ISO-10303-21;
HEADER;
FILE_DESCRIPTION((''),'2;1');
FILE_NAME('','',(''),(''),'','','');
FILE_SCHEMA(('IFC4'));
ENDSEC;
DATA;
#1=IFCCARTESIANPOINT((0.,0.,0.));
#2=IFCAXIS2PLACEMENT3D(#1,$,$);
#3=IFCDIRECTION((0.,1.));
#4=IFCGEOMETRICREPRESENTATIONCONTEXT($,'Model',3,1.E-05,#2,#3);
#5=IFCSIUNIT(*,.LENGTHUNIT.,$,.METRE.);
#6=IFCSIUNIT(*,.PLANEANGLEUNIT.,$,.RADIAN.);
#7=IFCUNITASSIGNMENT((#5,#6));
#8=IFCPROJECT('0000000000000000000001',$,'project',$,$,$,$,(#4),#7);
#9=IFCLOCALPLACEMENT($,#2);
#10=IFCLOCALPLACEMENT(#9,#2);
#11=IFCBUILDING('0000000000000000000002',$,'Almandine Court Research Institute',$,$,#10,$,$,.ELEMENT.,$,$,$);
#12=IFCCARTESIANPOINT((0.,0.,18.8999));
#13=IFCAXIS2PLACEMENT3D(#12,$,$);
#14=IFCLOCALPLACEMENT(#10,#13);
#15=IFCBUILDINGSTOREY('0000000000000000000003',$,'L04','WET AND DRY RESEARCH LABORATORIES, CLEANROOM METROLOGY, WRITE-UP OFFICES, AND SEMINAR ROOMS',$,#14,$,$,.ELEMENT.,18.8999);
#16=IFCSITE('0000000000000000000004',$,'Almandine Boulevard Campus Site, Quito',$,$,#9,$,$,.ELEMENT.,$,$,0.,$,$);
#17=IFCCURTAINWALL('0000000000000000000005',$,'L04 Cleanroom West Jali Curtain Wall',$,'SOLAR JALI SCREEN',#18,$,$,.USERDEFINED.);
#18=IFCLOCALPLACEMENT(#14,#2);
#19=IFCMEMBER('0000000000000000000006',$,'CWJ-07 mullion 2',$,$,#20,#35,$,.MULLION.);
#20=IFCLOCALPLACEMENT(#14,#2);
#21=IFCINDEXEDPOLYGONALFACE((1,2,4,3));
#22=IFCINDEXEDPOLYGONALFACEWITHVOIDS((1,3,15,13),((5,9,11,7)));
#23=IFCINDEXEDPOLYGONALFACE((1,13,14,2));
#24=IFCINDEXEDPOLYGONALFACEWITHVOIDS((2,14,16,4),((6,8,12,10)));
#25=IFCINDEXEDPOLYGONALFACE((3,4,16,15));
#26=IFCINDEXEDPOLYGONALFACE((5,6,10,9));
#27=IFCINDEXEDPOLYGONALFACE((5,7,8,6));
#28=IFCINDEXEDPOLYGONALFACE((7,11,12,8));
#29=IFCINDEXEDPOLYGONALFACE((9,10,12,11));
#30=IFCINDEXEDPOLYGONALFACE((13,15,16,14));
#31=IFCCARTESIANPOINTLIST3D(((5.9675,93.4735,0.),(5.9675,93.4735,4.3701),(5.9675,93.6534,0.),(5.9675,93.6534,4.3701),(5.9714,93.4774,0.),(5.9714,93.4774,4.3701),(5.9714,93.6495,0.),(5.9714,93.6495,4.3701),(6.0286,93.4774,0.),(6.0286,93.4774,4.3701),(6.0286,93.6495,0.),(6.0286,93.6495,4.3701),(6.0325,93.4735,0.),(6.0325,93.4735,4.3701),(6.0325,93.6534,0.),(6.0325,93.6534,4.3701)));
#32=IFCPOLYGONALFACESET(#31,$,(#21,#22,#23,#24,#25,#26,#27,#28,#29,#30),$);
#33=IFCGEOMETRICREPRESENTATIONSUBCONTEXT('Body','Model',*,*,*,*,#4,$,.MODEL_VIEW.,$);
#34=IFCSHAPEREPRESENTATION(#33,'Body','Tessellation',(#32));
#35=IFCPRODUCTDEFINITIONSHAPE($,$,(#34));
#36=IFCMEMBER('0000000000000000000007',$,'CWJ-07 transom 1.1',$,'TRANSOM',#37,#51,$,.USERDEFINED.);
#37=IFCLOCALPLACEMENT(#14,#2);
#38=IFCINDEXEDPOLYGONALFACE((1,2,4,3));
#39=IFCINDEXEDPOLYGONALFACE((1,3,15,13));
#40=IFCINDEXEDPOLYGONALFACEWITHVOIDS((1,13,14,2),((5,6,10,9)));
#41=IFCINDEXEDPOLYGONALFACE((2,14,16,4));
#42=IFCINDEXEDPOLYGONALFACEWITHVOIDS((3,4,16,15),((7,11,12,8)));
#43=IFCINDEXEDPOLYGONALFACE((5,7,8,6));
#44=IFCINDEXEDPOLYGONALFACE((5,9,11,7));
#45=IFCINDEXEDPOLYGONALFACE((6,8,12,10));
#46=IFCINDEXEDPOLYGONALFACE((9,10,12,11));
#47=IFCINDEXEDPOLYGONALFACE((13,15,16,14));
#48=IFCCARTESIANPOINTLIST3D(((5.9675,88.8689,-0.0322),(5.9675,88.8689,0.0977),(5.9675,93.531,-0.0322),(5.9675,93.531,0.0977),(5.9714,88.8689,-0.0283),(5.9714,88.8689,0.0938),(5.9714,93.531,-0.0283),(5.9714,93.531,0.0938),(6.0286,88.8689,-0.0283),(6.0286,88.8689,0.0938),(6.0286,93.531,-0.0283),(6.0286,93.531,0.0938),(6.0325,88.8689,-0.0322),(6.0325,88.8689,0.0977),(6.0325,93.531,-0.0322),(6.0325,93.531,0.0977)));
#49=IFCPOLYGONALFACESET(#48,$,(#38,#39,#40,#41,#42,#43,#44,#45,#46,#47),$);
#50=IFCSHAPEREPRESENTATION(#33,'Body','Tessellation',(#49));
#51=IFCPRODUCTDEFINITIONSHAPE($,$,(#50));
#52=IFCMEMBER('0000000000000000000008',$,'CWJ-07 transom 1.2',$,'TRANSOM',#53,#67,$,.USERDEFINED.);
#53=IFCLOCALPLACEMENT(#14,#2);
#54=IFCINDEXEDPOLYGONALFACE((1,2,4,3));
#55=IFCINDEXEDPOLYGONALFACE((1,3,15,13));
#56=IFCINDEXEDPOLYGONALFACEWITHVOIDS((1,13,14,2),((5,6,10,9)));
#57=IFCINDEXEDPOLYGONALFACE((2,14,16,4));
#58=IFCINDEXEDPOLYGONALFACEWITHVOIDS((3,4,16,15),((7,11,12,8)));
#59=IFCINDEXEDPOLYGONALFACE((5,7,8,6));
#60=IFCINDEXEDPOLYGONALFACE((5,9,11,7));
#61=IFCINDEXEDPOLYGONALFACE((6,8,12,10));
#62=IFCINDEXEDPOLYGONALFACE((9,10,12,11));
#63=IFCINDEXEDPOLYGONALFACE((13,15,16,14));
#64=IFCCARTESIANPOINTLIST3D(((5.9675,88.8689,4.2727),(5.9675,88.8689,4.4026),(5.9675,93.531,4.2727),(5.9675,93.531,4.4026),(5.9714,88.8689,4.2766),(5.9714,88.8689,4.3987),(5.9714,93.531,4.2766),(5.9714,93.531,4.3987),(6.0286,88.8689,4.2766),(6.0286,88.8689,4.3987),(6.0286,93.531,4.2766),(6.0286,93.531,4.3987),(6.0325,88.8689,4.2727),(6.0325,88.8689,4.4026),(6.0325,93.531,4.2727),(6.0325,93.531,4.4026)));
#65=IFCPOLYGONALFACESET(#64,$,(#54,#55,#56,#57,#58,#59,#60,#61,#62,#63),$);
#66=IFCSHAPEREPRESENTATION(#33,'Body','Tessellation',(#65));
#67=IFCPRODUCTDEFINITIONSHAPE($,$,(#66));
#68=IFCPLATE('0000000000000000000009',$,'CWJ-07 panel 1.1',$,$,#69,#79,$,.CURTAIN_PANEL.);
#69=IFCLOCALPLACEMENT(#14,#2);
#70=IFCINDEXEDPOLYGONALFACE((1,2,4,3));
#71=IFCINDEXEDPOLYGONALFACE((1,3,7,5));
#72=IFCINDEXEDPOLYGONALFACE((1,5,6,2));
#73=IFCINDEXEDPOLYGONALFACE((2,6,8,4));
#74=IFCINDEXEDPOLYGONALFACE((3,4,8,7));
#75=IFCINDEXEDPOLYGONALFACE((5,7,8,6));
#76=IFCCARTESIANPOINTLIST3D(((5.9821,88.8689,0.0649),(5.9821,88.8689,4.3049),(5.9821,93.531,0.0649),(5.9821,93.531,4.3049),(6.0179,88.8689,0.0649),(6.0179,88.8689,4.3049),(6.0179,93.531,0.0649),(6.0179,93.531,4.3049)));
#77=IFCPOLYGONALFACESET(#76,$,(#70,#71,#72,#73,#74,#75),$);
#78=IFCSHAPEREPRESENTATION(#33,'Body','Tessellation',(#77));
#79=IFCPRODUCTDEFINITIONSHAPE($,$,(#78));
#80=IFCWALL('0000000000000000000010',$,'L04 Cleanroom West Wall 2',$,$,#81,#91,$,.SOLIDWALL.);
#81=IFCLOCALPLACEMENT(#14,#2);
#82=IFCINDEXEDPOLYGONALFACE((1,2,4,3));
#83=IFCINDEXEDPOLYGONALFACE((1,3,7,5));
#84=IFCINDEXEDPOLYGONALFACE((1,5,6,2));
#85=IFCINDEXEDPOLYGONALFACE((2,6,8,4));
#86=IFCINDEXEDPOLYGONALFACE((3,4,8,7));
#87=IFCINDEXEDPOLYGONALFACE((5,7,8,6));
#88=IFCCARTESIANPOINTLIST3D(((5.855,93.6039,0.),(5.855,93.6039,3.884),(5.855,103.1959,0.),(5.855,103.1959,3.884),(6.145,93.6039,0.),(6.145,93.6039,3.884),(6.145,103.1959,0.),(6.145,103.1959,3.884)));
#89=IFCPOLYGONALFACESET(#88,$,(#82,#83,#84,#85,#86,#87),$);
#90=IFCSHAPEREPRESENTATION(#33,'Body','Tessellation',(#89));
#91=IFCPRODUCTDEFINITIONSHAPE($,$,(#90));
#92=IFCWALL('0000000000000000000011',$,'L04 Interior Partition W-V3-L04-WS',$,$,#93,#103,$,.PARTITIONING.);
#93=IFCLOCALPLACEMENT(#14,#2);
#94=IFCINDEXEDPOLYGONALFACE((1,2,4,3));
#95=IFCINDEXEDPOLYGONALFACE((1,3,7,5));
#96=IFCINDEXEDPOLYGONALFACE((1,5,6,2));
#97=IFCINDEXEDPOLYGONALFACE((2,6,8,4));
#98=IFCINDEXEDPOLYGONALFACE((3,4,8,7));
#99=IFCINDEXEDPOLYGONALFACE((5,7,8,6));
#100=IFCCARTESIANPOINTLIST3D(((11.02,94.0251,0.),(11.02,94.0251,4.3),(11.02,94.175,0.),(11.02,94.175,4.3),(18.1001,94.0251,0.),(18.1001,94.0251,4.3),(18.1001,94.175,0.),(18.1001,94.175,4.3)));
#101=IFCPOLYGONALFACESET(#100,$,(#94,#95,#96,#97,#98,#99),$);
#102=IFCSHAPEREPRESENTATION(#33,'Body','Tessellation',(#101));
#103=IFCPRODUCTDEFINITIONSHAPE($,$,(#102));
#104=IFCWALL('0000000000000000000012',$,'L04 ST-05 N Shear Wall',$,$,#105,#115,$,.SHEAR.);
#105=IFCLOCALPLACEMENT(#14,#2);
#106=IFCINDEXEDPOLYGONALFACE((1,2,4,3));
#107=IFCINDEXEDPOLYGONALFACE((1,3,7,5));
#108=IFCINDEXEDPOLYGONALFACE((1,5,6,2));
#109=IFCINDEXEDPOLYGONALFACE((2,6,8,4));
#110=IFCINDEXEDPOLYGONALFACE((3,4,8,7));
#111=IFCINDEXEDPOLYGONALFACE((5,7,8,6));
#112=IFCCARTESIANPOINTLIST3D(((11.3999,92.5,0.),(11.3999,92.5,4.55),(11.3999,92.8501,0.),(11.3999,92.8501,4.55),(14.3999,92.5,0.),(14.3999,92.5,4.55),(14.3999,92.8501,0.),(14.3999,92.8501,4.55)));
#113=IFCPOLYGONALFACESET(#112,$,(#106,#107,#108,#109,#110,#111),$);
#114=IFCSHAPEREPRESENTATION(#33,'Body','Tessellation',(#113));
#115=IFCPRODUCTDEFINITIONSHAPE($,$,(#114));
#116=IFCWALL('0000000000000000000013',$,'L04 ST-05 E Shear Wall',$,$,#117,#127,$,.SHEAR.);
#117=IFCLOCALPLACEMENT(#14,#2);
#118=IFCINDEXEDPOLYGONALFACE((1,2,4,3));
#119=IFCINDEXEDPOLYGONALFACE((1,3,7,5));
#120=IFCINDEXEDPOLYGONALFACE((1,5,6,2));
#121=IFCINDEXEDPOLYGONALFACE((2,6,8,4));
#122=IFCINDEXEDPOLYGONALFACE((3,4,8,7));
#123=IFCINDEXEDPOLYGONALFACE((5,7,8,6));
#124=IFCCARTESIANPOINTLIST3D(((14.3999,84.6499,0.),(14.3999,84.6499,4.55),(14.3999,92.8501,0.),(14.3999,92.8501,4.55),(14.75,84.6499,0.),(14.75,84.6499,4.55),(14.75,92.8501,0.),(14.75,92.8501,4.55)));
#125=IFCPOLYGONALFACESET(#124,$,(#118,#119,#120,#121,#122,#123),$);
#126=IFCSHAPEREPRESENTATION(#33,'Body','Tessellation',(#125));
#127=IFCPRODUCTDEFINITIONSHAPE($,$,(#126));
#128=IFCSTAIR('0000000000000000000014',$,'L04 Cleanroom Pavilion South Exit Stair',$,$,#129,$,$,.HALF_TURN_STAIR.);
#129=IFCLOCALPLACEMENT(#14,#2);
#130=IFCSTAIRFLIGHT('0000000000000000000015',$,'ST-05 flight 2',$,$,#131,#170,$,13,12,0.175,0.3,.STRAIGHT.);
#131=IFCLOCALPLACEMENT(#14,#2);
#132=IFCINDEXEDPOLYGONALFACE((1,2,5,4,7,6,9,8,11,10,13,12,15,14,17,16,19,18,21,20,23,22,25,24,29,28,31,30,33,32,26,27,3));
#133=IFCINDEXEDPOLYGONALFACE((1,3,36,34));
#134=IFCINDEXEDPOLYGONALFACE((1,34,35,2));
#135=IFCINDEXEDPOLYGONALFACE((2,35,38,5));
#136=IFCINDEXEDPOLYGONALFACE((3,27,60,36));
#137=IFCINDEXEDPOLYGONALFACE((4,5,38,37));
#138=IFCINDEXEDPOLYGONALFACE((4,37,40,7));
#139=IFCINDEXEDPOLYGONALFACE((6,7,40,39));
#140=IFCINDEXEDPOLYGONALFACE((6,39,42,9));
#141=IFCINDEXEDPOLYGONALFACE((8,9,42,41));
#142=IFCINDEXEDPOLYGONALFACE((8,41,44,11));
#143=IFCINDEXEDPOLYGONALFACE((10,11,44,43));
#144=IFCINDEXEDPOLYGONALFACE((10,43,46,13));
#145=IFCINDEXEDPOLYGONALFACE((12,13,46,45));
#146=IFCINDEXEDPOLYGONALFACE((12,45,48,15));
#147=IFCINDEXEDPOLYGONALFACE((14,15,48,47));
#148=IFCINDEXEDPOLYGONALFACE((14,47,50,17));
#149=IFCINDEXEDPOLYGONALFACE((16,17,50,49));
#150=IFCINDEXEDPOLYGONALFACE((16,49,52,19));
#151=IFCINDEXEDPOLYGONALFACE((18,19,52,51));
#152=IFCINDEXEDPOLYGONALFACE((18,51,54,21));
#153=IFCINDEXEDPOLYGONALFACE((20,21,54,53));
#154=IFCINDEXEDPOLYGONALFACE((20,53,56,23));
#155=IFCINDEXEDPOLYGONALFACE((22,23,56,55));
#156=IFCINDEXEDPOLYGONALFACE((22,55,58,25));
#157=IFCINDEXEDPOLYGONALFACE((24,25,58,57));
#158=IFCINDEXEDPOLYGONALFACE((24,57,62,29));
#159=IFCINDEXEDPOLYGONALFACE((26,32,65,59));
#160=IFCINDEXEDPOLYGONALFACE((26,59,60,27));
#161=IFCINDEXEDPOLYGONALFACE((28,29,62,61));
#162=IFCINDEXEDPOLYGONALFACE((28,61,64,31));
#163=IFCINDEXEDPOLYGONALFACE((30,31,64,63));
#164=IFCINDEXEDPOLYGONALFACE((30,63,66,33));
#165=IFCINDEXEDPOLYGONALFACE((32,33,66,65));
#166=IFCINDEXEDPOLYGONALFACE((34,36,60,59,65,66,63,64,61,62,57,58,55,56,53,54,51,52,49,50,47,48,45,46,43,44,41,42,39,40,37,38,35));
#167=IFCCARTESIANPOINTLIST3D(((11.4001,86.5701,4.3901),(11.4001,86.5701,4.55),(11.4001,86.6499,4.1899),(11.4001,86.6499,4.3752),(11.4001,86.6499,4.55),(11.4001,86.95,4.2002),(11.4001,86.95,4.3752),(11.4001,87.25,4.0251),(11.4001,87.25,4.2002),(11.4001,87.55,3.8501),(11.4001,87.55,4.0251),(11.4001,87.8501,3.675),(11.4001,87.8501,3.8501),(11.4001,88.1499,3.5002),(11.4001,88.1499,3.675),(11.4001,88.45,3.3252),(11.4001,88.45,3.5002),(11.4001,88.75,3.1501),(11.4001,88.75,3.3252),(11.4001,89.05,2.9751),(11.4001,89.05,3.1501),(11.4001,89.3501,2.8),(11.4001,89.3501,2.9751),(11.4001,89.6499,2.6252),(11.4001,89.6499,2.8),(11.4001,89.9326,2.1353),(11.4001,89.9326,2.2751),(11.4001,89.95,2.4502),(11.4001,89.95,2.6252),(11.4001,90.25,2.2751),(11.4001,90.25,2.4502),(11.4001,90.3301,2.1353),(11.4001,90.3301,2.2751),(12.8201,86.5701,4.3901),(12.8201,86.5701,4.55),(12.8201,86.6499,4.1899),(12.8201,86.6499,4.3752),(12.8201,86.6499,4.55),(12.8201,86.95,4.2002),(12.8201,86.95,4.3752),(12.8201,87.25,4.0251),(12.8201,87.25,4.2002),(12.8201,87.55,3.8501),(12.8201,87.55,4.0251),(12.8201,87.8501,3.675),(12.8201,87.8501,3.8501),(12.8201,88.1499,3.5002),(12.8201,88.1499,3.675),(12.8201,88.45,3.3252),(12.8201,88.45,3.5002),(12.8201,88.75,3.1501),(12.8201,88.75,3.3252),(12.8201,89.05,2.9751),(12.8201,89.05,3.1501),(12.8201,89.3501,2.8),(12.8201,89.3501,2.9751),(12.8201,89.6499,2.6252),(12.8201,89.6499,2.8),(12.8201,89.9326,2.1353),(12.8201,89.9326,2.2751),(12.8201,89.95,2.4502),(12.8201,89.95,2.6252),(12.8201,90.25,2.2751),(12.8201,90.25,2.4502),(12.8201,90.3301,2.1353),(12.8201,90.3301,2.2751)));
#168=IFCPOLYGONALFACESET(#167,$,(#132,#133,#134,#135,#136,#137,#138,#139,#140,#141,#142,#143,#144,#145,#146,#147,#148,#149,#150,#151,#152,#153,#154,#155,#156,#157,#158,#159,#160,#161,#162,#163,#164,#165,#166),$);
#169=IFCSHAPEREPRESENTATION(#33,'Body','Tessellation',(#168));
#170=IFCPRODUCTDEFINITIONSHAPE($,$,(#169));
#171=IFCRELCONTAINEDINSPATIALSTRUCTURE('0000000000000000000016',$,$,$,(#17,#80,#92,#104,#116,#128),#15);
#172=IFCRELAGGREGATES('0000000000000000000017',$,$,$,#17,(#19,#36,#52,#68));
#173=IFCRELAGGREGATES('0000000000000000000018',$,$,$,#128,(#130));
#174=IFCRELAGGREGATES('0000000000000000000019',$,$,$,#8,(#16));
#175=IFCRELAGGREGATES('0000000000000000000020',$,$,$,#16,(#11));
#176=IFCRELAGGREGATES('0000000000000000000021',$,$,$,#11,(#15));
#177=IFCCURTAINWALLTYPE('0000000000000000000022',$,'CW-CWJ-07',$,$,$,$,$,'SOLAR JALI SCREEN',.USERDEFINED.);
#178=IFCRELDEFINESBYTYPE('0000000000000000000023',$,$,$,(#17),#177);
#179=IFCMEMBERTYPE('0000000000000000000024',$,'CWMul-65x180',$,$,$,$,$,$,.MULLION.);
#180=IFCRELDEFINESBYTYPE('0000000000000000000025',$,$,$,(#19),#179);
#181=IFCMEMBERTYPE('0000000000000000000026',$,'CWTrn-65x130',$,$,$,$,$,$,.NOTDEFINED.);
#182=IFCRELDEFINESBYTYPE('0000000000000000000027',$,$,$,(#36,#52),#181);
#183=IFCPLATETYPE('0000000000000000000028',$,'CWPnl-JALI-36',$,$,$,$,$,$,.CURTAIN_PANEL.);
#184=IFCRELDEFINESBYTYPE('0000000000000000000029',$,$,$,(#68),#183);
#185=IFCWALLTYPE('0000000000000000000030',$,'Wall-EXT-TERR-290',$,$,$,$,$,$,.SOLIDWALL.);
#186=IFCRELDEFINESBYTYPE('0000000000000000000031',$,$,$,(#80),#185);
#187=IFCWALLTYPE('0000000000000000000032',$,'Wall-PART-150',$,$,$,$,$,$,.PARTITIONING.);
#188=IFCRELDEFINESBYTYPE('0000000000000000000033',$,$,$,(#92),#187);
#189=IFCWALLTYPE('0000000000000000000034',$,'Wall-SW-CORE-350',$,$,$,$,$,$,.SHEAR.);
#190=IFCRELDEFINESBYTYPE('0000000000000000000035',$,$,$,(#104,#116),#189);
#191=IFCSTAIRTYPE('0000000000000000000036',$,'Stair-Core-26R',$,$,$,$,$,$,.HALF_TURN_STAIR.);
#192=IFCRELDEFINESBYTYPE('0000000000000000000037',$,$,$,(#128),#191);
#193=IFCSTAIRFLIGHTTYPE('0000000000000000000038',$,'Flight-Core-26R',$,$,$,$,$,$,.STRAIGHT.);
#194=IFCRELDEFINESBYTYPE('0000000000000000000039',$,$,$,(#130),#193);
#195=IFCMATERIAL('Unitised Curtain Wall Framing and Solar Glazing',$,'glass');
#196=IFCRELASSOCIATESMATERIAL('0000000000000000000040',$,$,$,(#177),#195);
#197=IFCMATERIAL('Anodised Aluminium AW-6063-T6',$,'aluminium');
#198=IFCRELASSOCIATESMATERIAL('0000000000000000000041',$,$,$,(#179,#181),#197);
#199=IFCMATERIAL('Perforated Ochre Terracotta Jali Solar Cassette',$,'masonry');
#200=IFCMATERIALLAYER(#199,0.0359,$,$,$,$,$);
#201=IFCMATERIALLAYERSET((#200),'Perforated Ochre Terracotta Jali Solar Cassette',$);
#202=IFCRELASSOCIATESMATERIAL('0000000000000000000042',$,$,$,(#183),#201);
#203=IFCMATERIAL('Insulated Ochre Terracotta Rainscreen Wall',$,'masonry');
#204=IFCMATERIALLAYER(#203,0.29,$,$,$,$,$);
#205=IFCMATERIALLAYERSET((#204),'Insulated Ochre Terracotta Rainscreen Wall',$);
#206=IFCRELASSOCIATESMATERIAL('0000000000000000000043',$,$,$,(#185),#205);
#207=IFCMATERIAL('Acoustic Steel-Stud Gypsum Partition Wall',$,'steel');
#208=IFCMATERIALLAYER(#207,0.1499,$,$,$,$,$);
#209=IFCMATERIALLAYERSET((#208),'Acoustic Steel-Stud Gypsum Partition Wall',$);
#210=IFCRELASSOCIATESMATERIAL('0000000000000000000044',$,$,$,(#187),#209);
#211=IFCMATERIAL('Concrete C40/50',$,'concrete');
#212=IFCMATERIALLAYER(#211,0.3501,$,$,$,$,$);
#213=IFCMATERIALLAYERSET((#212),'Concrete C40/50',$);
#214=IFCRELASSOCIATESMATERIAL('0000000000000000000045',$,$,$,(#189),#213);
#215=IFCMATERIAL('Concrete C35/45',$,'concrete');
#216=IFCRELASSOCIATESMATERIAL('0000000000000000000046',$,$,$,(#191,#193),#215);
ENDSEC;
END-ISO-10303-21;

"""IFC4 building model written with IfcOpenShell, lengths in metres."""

from ifc_helpers import new_model, si_unit, direction, frame, frame_2d, origin, origin_2d, place, context, subcontext, project, spatial, polyline, rectangle, hollow_rectangle, outline, extrude, material, layer, layer_set, material_profile, profile_set, type_object, element, aggregate, save


model = new_model("IFC4")

# Units and contexts
model_context = context("Model", 3, precision=1e-05, world=origin(), true_north=direction((0.0, 1.0)))
body_context = subcontext(model_context, "Body", "Model", "MODEL_VIEW")
ifc_project = project(units=[si_unit("LENGTHUNIT", "METRE"), si_unit("PLANEANGLEUNIT", "RADIAN")], contexts=[model_context])

# Site, building, storey
site_placement = place(None, origin())
site = spatial("IfcSite", under=ifc_project, at=site_placement, Name="Almandine Boulevard Campus Site, Quito", CompositionType="ELEMENT", RefElevation=0.0)
building_placement = place(site_placement, origin())
building = spatial("IfcBuilding", under=site, at=building_placement, Name="Almandine Court Research Institute", CompositionType="ELEMENT")
storey_placement = place(building_placement, frame((0.0, 0.0, 18.8999)))
storey = spatial("IfcBuildingStorey", under=building, at=storey_placement, Name="L04", Description="WET AND DRY RESEARCH LABORATORIES, CLEANROOM METROLOGY, WRITE-UP OFFICES, AND SEMINAR ROOMS", CompositionType="ELEMENT", Elevation=18.8999)

# Curtain wall, members, plate
ifc_material_1 = material(Name="Unitised Curtain Wall Framing and Solar Glazing", Category="glass")
curtain_wall_type = type_object("IfcCurtainWallType", Name="CW-CWJ-07", ElementType="SOLAR JALI SCREEN", PredefinedType="USERDEFINED", material=ifc_material_1)
curtain_wall_placement = place(storey_placement, origin())
curtain_wall = element("IfcCurtainWall", 1, at=curtain_wall_placement, inside=storey, type_object=curtain_wall_type, Name="L04 Cleanroom West Jali Curtain Wall", ObjectType="SOLAR JALI SCREEN", PredefinedType="USERDEFINED")
ifc_material_2 = material(Name="Anodised Aluminium AW-6063-T6", Category="aluminium")
ifc_material_profile_1 = material_profile(ifc_material_2, hollow_rectangle(XDim=0.0649, YDim=0.1799, WallThickness=0.0039, at=origin_2d()), Name="ALU RHS 65x180x4")
ifc_profile_set_1 = profile_set([ifc_material_profile_1], Name="Anodised Aluminium AW-6063-T6")
member_type_1 = type_object("IfcMemberType", Name="CWMul-65x180", PredefinedType="MULLION", material=ifc_profile_set_1)
member_1_placement = place(storey_placement, frame((6.0, 93.5635, 0.0), z_axis=(0.0, 0.0, 1.0), x_axis=(-1.0, 0.0, 0.0)))
member_1 = element("IfcMember", 2, at=member_1_placement, type_object=member_type_1, Name="CWJ-07 mullion 2", PredefinedType="MULLION", context=body_context, shape_type="SweptSolid", body=[
    extrude(hollow_rectangle(XDim=0.0649, YDim=0.1799, WallThickness=0.0039, at=origin_2d()), origin(), (0.0, 0.0, 1.0), 4.3701),
])
ifc_material_profile_2 = material_profile(ifc_material_2, hollow_rectangle(XDim=0.0649, YDim=0.1299, WallThickness=0.0039, at=origin_2d()), Name="ALU RHS 65x130x4")
ifc_profile_set_2 = profile_set([ifc_material_profile_2], Name="Anodised Aluminium AW-6063-T6")
member_type_2 = type_object("IfcMemberType", Name="CWTrn-65x130", PredefinedType="NOTDEFINED", material=ifc_profile_set_2)
member_2_placement = place(storey_placement, frame((6.0, 88.8689, 0.0327), z_axis=(0.0, 1.0, 0.0), x_axis=(-1.0, 0.0, 0.0)))
member_2 = element("IfcMember", 3, at=member_2_placement, type_object=member_type_2, Name="CWJ-07 transom 1.1", ObjectType="TRANSOM", PredefinedType="USERDEFINED", context=body_context, shape_type="SweptSolid", body=[
    extrude(hollow_rectangle(XDim=0.0649, YDim=0.1299, WallThickness=0.0039, at=origin_2d()), origin(), (0.0, 0.0, 1.0), 4.6621),
])
member_3_placement = place(storey_placement, frame((6.0, 88.8689, 4.3376), z_axis=(0.0, 1.0, 0.0), x_axis=(-1.0, 0.0, 0.0)))
member_3 = element("IfcMember", 4, at=member_3_placement, type_object=member_type_2, Name="CWJ-07 transom 1.2", ObjectType="TRANSOM", PredefinedType="USERDEFINED", context=body_context, shape_type="SweptSolid", body=[
    extrude(hollow_rectangle(XDim=0.0649, YDim=0.1299, WallThickness=0.0039, at=origin_2d()), origin(), (0.0, 0.0, 1.0), 4.6621),
])
ifc_material_3 = material(Name="Perforated Ochre Terracotta Jali Solar Cassette", Category="masonry")
ifc_layer_1 = layer(ifc_material_3, 0.0359)
ifc_layer_set_1 = layer_set([ifc_layer_1], Name="Perforated Ochre Terracotta Jali Solar Cassette")
plate_type = type_object("IfcPlateType", Name="CWPnl-JALI-36", PredefinedType="CURTAIN_PANEL", material=ifc_layer_set_1)
plate_placement = place(storey_placement, frame((6.0, 91.2, 0.0649), z_axis=(0.0, 0.0, 1.0), x_axis=(0.0, 1.0, 0.0)))
plate = element("IfcPlate", 5, at=plate_placement, type_object=plate_type, Name="CWJ-07 panel 1.1", PredefinedType="CURTAIN_PANEL", context=body_context, shape_type="SweptSolid", body=[
    extrude(rectangle(XDim=4.6621, YDim=0.0359, at=origin_2d()), origin(), (0.0, 0.0, 1.0), 4.24),
])
aggregate(curtain_wall, [member_1, member_2, member_3, plate])

# Walls
ifc_material_4 = material(Name="Insulated Ochre Terracotta Rainscreen Wall", Category="masonry")
ifc_layer_2 = layer(ifc_material_4, 0.29)
ifc_layer_set_2 = layer_set([ifc_layer_2], Name="Insulated Ochre Terracotta Rainscreen Wall")
wall_type_1 = type_object("IfcWallType", Name="Wall-EXT-TERR-290", PredefinedType="SOLIDWALL", material=ifc_layer_set_2)
wall_1_placement = place(storey_placement, frame((6.0, 93.604, 0.0), z_axis=(0.0, 0.0, 1.0), x_axis=(0.0, 1.0, 0.0)))
element("IfcWall", 6, at=wall_1_placement, inside=storey, type_object=wall_type_1, Name="L04 Cleanroom West Wall 2", PredefinedType="SOLIDWALL", context=body_context, shape_type="SweptSolid", body=[
    extrude(rectangle(XDim=9.592, YDim=0.29, at=frame_2d((4.7959, 0.0))), origin(), (0.0, 0.0, 1.0), 3.884),
])
ifc_material_5 = material(Name="Acoustic Steel-Stud Gypsum Partition Wall", Category="steel")
ifc_layer_3 = layer(ifc_material_5, 0.1499)
ifc_layer_set_3 = layer_set([ifc_layer_3], Name="Acoustic Steel-Stud Gypsum Partition Wall")
wall_type_2 = type_object("IfcWallType", Name="Wall-PART-150", PredefinedType="PARTITIONING", material=ifc_layer_set_3)
wall_2_placement = place(storey_placement, frame((11.02, 94.1001, 0.0), z_axis=(0.0, 0.0, 1.0), x_axis=(1.0, 0.0, 0.0)))
element("IfcWall", 7, at=wall_2_placement, inside=storey, type_object=wall_type_2, Name="L04 Interior Partition W-V3-L04-WS", PredefinedType="PARTITIONING", context=body_context, shape_type="SweptSolid", body=[
    extrude(rectangle(XDim=7.0801, YDim=0.1499, at=frame_2d((3.54, 0.0))), origin(), (0.0, 0.0, 1.0), 4.3),
])
ifc_material_6 = material(Name="Concrete C40/50", Category="concrete")
ifc_layer_4 = layer(ifc_material_6, 0.3501)
ifc_layer_set_4 = layer_set([ifc_layer_4], Name="Concrete C40/50")
wall_type_3 = type_object("IfcWallType", Name="Wall-SW-CORE-350", PredefinedType="SHEAR", material=ifc_layer_set_4)
wall_3_placement = place(storey_placement, frame((11.3999, 92.675, 0.0), z_axis=(0.0, 0.0, 1.0), x_axis=(1.0, 0.0, 0.0)))
element("IfcWall", 8, at=wall_3_placement, inside=storey, type_object=wall_type_3, Name="L04 ST-05 N Shear Wall", PredefinedType="SHEAR", context=body_context, shape_type="SweptSolid", body=[
    extrude(rectangle(XDim=3.0, YDim=0.3501, at=frame_2d((1.5, 0.0))), origin(), (0.0, 0.0, 1.0), 4.55),
])
wall_4_placement = place(storey_placement, frame((14.575, 92.8501, 0.0), z_axis=(0.0, 0.0, 1.0), x_axis=(0.0, -1.0, 0.0)))
element("IfcWall", 9, at=wall_4_placement, inside=storey, type_object=wall_type_3, Name="L04 ST-05 E Shear Wall", PredefinedType="SHEAR", context=body_context, shape_type="SweptSolid", body=[
    extrude(rectangle(XDim=8.2002, YDim=0.3501, at=frame_2d((4.1001, 0.0))), origin(), (0.0, 0.0, 1.0), 4.55),
])

# Stair, stair flight
ifc_material_7 = material(Name="Concrete C35/45", Category="concrete")
stair_type = type_object("IfcStairType", Name="Stair-Core-26R", PredefinedType="HALF_TURN_STAIR", material=ifc_material_7)
stair_placement = place(storey_placement, origin())
stair = element("IfcStair", 10, at=stair_placement, inside=storey, type_object=stair_type, Name="L04 Cleanroom Pavilion South Exit Stair", PredefinedType="HALF_TURN_STAIR")
stair_flight_type = type_object("IfcStairFlightType", Name="Flight-Core-26R", PredefinedType="STRAIGHT", material=ifc_material_7)
stair_flight_placement = place(storey_placement, frame((12.1101, 90.25, 2.2751), z_axis=(0.0, 0.0, 1.0), x_axis=(0.0, -1.0, 0.0)))
stair_flight = element("IfcStairFlight", 11, at=stair_flight_placement, type_object=stair_flight_type, Name="ST-05 flight 2", NumberOfRisers=13, NumberOfTreads=12, PredefinedType="STRAIGHT", RiserHeight=0.175, TreadLength=0.3, context=body_context, shape_type="SweptSolid", body=[
    extrude(outline(polyline([(-0.0801, -0.1399), (-0.0801, 0.0), (0.0, 0.0), (0.0, 0.175), (0.3, 0.175), (0.3, 0.3501), (0.6001, 0.3501), (0.6001, 0.5249), (0.8999, 0.5249), (0.8999, 0.7), (1.2, 0.7), (1.2, 0.875), (1.5, 0.875), (1.5, 1.05), (1.8, 1.05), (1.8, 1.2251), (2.1001, 1.2251), (2.1001, 1.3999), (2.3999, 1.3999), (2.3999, 1.575), (2.7, 1.575), (2.7, 1.75), (3.0, 1.75), (3.0, 1.925), (3.3, 1.925), (3.3, 2.1001), (3.6001, 2.1001), (3.6001, 2.2749), (3.6799, 2.2749), (3.6799, 2.115), (3.6001, 1.9148), (0.3174, 0.0), (0.3174, -0.1399), (-0.0801, -0.1399)])), frame((0.0, 0.71, 0.0), z_axis=(0.0, -1.0, 0.0), x_axis=(1.0, 0.0, 0.0)), (0.0, 0.0, 1.0), 1.4199),
])
aggregate(stair, [stair_flight])

save(model, "model.ifc")
